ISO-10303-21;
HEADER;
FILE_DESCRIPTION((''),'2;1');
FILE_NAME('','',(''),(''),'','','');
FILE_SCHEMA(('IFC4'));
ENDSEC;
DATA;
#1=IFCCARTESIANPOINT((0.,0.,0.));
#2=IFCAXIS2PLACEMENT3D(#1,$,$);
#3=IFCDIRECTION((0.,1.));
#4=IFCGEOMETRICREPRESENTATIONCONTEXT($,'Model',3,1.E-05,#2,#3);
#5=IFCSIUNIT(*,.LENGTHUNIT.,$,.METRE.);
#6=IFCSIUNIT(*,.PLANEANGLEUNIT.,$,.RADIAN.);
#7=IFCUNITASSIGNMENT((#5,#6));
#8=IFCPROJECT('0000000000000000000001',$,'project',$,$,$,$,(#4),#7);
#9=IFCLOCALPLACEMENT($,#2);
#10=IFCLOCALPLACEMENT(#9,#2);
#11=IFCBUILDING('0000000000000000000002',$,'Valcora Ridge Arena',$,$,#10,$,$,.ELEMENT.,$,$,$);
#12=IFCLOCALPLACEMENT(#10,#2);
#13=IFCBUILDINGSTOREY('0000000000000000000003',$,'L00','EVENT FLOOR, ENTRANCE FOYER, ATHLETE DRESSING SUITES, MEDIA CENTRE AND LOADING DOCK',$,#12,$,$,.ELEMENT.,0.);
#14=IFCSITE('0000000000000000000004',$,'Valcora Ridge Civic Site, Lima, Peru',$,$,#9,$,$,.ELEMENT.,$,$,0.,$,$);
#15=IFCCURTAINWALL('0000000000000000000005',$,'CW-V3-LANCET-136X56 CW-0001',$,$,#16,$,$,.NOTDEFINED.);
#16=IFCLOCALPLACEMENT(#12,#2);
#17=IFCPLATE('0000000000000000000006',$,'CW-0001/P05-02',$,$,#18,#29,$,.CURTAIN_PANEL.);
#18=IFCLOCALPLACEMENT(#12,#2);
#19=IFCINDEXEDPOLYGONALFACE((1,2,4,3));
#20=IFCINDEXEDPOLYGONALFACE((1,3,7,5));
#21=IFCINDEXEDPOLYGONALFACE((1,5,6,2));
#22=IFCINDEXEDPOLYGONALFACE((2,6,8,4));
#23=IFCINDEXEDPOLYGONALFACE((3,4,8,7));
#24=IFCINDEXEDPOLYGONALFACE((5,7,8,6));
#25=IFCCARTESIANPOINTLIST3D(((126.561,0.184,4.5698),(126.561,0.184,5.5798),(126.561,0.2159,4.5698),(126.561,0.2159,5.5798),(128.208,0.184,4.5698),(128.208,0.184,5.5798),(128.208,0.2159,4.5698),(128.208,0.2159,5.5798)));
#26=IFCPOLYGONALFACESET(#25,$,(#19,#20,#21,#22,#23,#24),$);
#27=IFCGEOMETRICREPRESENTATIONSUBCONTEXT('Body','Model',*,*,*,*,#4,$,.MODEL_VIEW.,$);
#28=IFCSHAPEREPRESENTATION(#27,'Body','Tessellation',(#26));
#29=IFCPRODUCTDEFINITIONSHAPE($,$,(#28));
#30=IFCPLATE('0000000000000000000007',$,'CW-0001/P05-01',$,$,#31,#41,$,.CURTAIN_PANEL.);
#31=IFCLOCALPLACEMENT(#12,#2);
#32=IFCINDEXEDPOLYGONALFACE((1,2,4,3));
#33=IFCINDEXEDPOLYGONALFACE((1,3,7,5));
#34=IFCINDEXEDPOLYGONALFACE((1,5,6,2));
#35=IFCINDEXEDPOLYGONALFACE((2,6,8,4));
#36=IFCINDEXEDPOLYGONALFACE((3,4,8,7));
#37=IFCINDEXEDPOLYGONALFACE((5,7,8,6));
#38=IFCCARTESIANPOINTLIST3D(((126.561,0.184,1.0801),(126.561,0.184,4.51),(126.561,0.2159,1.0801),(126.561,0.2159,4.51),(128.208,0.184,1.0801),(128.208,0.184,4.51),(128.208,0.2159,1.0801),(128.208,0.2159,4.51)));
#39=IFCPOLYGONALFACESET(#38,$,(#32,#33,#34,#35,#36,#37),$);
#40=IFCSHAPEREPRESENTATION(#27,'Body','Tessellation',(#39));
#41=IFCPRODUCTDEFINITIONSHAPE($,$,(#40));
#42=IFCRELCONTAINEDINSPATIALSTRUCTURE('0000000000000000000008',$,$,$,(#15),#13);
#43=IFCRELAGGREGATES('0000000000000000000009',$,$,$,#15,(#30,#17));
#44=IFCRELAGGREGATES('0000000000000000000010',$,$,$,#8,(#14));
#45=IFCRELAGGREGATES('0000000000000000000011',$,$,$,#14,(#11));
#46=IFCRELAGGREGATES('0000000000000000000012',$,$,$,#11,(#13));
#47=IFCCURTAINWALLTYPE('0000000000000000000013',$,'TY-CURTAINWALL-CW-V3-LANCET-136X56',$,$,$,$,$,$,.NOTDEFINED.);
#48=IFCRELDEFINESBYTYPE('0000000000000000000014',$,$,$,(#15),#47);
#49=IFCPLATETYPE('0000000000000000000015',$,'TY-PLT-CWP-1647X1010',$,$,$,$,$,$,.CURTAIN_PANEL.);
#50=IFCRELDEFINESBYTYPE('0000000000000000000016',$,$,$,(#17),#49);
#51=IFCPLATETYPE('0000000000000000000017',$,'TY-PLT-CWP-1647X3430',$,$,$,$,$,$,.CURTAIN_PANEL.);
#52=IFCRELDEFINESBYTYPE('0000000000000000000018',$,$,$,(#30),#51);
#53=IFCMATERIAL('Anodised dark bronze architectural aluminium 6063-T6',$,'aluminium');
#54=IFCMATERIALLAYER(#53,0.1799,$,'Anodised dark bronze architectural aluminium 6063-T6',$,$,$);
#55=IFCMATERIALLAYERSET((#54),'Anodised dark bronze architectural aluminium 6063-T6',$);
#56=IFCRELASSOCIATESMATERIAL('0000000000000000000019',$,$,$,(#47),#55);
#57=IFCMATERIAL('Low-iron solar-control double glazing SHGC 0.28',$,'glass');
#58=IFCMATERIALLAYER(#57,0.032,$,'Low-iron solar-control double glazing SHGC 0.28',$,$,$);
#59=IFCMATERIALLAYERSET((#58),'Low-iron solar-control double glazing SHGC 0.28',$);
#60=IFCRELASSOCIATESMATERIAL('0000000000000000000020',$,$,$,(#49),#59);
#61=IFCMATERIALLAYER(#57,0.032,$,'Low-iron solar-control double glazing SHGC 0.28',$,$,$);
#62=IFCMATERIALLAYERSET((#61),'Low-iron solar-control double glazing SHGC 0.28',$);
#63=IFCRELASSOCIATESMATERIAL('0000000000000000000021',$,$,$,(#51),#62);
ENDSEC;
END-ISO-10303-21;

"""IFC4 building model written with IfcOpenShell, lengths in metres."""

from ifc_helpers import new_model, si_unit, direction, frame, origin, origin_2d, place, context, subcontext, project, spatial, rectangle, extrude, material, layer, layer_set, type_object, element, aggregate, save


model = new_model("IFC4")

# Units and contexts
model_context = context("Model", 3, precision=1e-05, world=origin(), true_north=direction((0.0, 1.0)))
body_context = subcontext(model_context, "Body", "Model", "MODEL_VIEW")
ifc_project = project(units=[si_unit("LENGTHUNIT", "METRE"), si_unit("PLANEANGLEUNIT", "RADIAN")], contexts=[model_context])

# Site, building, storey
site_placement = place(None, origin())
site = spatial("IfcSite", under=ifc_project, at=site_placement, Name="Valcora Ridge Civic Site, Lima, Peru", CompositionType="ELEMENT", RefElevation=0.0)
building_placement = place(site_placement, origin())
building = spatial("IfcBuilding", under=site, at=building_placement, Name="Valcora Ridge Arena", CompositionType="ELEMENT")
storey_placement = place(building_placement, origin())
storey = spatial("IfcBuildingStorey", under=building, at=storey_placement, Name="L00", Description="EVENT FLOOR, ENTRANCE FOYER, ATHLETE DRESSING SUITES, MEDIA CENTRE AND LOADING DOCK", CompositionType="ELEMENT", Elevation=0.0)

# Curtain wall
ifc_material_1 = material(Name="Anodised dark bronze architectural aluminium 6063-T6", Category="aluminium")
ifc_layer_1 = layer(ifc_material_1, 0.1799, Name="Anodised dark bronze architectural aluminium 6063-T6")
ifc_layer_set_1 = layer_set([ifc_layer_1], Name="Anodised dark bronze architectural aluminium 6063-T6")
curtain_wall_type_1 = type_object("IfcCurtainWallType", Name="TY-CURTAINWALL-CW-V3-LANCET-136X56", PredefinedType="NOTDEFINED", material=ifc_layer_set_1)
curtain_wall_1_placement = place(storey_placement, origin())
curtain_wall_1 = element("IfcCurtainWall", 1, at=curtain_wall_1_placement, inside=storey, type_object=curtain_wall_type_1, Name="CW-V3-LANCET-136X56 CW-0001", PredefinedType="NOTDEFINED")

# Plates
ifc_material_2 = material(Name="Low-iron solar-control double glazing SHGC 0.28", Category="glass")
ifc_layer_2 = layer(ifc_material_2, 0.032, Name="Low-iron solar-control double glazing SHGC 0.28")
ifc_layer_set_2 = layer_set([ifc_layer_2], Name="Low-iron solar-control double glazing SHGC 0.28")
plate_type_1 = type_object("IfcPlateType", Name="TY-PLT-CWP-1647X1010", PredefinedType="CURTAIN_PANEL", material=ifc_layer_set_2)
plate_1_placement = place(storey_placement, frame((127.3845, 0.2, 4.5698), z_axis=(0.0, 0.0, 1.0), x_axis=(1.0, 0.0, 0.0)))
plate_1 = element("IfcPlate", 2, at=plate_1_placement, type_object=plate_type_1, Name="CW-0001/P05-02", PredefinedType="CURTAIN_PANEL", context=body_context, shape_type="SweptSolid", body=[
    extrude(rectangle(XDim=1.647, YDim=0.032, at=origin_2d()), origin(), (0.0, 0.0, 1.0), 1.01),
])
ifc_layer_3 = layer(ifc_material_2, 0.032, Name="Low-iron solar-control double glazing SHGC 0.28")
ifc_layer_set_3 = layer_set([ifc_layer_3], Name="Low-iron solar-control double glazing SHGC 0.28")
plate_type_2 = type_object("IfcPlateType", Name="TY-PLT-CWP-1647X3430", PredefinedType="CURTAIN_PANEL", material=ifc_layer_set_3)
plate_2_placement = place(storey_placement, frame((127.3845, 0.2, 1.0801), z_axis=(0.0, 0.0, 1.0), x_axis=(1.0, 0.0, 0.0)))
plate_2 = element("IfcPlate", 3, at=plate_2_placement, type_object=plate_type_2, Name="CW-0001/P05-01", PredefinedType="CURTAIN_PANEL", context=body_context, shape_type="SweptSolid", body=[
    extrude(rectangle(XDim=1.647, YDim=0.032, at=origin_2d()), origin(), (0.0, 0.0, 1.0), 3.4299),
])
aggregate(curtain_wall_1, [plate_2, plate_1])

save(model, "model.ifc")
